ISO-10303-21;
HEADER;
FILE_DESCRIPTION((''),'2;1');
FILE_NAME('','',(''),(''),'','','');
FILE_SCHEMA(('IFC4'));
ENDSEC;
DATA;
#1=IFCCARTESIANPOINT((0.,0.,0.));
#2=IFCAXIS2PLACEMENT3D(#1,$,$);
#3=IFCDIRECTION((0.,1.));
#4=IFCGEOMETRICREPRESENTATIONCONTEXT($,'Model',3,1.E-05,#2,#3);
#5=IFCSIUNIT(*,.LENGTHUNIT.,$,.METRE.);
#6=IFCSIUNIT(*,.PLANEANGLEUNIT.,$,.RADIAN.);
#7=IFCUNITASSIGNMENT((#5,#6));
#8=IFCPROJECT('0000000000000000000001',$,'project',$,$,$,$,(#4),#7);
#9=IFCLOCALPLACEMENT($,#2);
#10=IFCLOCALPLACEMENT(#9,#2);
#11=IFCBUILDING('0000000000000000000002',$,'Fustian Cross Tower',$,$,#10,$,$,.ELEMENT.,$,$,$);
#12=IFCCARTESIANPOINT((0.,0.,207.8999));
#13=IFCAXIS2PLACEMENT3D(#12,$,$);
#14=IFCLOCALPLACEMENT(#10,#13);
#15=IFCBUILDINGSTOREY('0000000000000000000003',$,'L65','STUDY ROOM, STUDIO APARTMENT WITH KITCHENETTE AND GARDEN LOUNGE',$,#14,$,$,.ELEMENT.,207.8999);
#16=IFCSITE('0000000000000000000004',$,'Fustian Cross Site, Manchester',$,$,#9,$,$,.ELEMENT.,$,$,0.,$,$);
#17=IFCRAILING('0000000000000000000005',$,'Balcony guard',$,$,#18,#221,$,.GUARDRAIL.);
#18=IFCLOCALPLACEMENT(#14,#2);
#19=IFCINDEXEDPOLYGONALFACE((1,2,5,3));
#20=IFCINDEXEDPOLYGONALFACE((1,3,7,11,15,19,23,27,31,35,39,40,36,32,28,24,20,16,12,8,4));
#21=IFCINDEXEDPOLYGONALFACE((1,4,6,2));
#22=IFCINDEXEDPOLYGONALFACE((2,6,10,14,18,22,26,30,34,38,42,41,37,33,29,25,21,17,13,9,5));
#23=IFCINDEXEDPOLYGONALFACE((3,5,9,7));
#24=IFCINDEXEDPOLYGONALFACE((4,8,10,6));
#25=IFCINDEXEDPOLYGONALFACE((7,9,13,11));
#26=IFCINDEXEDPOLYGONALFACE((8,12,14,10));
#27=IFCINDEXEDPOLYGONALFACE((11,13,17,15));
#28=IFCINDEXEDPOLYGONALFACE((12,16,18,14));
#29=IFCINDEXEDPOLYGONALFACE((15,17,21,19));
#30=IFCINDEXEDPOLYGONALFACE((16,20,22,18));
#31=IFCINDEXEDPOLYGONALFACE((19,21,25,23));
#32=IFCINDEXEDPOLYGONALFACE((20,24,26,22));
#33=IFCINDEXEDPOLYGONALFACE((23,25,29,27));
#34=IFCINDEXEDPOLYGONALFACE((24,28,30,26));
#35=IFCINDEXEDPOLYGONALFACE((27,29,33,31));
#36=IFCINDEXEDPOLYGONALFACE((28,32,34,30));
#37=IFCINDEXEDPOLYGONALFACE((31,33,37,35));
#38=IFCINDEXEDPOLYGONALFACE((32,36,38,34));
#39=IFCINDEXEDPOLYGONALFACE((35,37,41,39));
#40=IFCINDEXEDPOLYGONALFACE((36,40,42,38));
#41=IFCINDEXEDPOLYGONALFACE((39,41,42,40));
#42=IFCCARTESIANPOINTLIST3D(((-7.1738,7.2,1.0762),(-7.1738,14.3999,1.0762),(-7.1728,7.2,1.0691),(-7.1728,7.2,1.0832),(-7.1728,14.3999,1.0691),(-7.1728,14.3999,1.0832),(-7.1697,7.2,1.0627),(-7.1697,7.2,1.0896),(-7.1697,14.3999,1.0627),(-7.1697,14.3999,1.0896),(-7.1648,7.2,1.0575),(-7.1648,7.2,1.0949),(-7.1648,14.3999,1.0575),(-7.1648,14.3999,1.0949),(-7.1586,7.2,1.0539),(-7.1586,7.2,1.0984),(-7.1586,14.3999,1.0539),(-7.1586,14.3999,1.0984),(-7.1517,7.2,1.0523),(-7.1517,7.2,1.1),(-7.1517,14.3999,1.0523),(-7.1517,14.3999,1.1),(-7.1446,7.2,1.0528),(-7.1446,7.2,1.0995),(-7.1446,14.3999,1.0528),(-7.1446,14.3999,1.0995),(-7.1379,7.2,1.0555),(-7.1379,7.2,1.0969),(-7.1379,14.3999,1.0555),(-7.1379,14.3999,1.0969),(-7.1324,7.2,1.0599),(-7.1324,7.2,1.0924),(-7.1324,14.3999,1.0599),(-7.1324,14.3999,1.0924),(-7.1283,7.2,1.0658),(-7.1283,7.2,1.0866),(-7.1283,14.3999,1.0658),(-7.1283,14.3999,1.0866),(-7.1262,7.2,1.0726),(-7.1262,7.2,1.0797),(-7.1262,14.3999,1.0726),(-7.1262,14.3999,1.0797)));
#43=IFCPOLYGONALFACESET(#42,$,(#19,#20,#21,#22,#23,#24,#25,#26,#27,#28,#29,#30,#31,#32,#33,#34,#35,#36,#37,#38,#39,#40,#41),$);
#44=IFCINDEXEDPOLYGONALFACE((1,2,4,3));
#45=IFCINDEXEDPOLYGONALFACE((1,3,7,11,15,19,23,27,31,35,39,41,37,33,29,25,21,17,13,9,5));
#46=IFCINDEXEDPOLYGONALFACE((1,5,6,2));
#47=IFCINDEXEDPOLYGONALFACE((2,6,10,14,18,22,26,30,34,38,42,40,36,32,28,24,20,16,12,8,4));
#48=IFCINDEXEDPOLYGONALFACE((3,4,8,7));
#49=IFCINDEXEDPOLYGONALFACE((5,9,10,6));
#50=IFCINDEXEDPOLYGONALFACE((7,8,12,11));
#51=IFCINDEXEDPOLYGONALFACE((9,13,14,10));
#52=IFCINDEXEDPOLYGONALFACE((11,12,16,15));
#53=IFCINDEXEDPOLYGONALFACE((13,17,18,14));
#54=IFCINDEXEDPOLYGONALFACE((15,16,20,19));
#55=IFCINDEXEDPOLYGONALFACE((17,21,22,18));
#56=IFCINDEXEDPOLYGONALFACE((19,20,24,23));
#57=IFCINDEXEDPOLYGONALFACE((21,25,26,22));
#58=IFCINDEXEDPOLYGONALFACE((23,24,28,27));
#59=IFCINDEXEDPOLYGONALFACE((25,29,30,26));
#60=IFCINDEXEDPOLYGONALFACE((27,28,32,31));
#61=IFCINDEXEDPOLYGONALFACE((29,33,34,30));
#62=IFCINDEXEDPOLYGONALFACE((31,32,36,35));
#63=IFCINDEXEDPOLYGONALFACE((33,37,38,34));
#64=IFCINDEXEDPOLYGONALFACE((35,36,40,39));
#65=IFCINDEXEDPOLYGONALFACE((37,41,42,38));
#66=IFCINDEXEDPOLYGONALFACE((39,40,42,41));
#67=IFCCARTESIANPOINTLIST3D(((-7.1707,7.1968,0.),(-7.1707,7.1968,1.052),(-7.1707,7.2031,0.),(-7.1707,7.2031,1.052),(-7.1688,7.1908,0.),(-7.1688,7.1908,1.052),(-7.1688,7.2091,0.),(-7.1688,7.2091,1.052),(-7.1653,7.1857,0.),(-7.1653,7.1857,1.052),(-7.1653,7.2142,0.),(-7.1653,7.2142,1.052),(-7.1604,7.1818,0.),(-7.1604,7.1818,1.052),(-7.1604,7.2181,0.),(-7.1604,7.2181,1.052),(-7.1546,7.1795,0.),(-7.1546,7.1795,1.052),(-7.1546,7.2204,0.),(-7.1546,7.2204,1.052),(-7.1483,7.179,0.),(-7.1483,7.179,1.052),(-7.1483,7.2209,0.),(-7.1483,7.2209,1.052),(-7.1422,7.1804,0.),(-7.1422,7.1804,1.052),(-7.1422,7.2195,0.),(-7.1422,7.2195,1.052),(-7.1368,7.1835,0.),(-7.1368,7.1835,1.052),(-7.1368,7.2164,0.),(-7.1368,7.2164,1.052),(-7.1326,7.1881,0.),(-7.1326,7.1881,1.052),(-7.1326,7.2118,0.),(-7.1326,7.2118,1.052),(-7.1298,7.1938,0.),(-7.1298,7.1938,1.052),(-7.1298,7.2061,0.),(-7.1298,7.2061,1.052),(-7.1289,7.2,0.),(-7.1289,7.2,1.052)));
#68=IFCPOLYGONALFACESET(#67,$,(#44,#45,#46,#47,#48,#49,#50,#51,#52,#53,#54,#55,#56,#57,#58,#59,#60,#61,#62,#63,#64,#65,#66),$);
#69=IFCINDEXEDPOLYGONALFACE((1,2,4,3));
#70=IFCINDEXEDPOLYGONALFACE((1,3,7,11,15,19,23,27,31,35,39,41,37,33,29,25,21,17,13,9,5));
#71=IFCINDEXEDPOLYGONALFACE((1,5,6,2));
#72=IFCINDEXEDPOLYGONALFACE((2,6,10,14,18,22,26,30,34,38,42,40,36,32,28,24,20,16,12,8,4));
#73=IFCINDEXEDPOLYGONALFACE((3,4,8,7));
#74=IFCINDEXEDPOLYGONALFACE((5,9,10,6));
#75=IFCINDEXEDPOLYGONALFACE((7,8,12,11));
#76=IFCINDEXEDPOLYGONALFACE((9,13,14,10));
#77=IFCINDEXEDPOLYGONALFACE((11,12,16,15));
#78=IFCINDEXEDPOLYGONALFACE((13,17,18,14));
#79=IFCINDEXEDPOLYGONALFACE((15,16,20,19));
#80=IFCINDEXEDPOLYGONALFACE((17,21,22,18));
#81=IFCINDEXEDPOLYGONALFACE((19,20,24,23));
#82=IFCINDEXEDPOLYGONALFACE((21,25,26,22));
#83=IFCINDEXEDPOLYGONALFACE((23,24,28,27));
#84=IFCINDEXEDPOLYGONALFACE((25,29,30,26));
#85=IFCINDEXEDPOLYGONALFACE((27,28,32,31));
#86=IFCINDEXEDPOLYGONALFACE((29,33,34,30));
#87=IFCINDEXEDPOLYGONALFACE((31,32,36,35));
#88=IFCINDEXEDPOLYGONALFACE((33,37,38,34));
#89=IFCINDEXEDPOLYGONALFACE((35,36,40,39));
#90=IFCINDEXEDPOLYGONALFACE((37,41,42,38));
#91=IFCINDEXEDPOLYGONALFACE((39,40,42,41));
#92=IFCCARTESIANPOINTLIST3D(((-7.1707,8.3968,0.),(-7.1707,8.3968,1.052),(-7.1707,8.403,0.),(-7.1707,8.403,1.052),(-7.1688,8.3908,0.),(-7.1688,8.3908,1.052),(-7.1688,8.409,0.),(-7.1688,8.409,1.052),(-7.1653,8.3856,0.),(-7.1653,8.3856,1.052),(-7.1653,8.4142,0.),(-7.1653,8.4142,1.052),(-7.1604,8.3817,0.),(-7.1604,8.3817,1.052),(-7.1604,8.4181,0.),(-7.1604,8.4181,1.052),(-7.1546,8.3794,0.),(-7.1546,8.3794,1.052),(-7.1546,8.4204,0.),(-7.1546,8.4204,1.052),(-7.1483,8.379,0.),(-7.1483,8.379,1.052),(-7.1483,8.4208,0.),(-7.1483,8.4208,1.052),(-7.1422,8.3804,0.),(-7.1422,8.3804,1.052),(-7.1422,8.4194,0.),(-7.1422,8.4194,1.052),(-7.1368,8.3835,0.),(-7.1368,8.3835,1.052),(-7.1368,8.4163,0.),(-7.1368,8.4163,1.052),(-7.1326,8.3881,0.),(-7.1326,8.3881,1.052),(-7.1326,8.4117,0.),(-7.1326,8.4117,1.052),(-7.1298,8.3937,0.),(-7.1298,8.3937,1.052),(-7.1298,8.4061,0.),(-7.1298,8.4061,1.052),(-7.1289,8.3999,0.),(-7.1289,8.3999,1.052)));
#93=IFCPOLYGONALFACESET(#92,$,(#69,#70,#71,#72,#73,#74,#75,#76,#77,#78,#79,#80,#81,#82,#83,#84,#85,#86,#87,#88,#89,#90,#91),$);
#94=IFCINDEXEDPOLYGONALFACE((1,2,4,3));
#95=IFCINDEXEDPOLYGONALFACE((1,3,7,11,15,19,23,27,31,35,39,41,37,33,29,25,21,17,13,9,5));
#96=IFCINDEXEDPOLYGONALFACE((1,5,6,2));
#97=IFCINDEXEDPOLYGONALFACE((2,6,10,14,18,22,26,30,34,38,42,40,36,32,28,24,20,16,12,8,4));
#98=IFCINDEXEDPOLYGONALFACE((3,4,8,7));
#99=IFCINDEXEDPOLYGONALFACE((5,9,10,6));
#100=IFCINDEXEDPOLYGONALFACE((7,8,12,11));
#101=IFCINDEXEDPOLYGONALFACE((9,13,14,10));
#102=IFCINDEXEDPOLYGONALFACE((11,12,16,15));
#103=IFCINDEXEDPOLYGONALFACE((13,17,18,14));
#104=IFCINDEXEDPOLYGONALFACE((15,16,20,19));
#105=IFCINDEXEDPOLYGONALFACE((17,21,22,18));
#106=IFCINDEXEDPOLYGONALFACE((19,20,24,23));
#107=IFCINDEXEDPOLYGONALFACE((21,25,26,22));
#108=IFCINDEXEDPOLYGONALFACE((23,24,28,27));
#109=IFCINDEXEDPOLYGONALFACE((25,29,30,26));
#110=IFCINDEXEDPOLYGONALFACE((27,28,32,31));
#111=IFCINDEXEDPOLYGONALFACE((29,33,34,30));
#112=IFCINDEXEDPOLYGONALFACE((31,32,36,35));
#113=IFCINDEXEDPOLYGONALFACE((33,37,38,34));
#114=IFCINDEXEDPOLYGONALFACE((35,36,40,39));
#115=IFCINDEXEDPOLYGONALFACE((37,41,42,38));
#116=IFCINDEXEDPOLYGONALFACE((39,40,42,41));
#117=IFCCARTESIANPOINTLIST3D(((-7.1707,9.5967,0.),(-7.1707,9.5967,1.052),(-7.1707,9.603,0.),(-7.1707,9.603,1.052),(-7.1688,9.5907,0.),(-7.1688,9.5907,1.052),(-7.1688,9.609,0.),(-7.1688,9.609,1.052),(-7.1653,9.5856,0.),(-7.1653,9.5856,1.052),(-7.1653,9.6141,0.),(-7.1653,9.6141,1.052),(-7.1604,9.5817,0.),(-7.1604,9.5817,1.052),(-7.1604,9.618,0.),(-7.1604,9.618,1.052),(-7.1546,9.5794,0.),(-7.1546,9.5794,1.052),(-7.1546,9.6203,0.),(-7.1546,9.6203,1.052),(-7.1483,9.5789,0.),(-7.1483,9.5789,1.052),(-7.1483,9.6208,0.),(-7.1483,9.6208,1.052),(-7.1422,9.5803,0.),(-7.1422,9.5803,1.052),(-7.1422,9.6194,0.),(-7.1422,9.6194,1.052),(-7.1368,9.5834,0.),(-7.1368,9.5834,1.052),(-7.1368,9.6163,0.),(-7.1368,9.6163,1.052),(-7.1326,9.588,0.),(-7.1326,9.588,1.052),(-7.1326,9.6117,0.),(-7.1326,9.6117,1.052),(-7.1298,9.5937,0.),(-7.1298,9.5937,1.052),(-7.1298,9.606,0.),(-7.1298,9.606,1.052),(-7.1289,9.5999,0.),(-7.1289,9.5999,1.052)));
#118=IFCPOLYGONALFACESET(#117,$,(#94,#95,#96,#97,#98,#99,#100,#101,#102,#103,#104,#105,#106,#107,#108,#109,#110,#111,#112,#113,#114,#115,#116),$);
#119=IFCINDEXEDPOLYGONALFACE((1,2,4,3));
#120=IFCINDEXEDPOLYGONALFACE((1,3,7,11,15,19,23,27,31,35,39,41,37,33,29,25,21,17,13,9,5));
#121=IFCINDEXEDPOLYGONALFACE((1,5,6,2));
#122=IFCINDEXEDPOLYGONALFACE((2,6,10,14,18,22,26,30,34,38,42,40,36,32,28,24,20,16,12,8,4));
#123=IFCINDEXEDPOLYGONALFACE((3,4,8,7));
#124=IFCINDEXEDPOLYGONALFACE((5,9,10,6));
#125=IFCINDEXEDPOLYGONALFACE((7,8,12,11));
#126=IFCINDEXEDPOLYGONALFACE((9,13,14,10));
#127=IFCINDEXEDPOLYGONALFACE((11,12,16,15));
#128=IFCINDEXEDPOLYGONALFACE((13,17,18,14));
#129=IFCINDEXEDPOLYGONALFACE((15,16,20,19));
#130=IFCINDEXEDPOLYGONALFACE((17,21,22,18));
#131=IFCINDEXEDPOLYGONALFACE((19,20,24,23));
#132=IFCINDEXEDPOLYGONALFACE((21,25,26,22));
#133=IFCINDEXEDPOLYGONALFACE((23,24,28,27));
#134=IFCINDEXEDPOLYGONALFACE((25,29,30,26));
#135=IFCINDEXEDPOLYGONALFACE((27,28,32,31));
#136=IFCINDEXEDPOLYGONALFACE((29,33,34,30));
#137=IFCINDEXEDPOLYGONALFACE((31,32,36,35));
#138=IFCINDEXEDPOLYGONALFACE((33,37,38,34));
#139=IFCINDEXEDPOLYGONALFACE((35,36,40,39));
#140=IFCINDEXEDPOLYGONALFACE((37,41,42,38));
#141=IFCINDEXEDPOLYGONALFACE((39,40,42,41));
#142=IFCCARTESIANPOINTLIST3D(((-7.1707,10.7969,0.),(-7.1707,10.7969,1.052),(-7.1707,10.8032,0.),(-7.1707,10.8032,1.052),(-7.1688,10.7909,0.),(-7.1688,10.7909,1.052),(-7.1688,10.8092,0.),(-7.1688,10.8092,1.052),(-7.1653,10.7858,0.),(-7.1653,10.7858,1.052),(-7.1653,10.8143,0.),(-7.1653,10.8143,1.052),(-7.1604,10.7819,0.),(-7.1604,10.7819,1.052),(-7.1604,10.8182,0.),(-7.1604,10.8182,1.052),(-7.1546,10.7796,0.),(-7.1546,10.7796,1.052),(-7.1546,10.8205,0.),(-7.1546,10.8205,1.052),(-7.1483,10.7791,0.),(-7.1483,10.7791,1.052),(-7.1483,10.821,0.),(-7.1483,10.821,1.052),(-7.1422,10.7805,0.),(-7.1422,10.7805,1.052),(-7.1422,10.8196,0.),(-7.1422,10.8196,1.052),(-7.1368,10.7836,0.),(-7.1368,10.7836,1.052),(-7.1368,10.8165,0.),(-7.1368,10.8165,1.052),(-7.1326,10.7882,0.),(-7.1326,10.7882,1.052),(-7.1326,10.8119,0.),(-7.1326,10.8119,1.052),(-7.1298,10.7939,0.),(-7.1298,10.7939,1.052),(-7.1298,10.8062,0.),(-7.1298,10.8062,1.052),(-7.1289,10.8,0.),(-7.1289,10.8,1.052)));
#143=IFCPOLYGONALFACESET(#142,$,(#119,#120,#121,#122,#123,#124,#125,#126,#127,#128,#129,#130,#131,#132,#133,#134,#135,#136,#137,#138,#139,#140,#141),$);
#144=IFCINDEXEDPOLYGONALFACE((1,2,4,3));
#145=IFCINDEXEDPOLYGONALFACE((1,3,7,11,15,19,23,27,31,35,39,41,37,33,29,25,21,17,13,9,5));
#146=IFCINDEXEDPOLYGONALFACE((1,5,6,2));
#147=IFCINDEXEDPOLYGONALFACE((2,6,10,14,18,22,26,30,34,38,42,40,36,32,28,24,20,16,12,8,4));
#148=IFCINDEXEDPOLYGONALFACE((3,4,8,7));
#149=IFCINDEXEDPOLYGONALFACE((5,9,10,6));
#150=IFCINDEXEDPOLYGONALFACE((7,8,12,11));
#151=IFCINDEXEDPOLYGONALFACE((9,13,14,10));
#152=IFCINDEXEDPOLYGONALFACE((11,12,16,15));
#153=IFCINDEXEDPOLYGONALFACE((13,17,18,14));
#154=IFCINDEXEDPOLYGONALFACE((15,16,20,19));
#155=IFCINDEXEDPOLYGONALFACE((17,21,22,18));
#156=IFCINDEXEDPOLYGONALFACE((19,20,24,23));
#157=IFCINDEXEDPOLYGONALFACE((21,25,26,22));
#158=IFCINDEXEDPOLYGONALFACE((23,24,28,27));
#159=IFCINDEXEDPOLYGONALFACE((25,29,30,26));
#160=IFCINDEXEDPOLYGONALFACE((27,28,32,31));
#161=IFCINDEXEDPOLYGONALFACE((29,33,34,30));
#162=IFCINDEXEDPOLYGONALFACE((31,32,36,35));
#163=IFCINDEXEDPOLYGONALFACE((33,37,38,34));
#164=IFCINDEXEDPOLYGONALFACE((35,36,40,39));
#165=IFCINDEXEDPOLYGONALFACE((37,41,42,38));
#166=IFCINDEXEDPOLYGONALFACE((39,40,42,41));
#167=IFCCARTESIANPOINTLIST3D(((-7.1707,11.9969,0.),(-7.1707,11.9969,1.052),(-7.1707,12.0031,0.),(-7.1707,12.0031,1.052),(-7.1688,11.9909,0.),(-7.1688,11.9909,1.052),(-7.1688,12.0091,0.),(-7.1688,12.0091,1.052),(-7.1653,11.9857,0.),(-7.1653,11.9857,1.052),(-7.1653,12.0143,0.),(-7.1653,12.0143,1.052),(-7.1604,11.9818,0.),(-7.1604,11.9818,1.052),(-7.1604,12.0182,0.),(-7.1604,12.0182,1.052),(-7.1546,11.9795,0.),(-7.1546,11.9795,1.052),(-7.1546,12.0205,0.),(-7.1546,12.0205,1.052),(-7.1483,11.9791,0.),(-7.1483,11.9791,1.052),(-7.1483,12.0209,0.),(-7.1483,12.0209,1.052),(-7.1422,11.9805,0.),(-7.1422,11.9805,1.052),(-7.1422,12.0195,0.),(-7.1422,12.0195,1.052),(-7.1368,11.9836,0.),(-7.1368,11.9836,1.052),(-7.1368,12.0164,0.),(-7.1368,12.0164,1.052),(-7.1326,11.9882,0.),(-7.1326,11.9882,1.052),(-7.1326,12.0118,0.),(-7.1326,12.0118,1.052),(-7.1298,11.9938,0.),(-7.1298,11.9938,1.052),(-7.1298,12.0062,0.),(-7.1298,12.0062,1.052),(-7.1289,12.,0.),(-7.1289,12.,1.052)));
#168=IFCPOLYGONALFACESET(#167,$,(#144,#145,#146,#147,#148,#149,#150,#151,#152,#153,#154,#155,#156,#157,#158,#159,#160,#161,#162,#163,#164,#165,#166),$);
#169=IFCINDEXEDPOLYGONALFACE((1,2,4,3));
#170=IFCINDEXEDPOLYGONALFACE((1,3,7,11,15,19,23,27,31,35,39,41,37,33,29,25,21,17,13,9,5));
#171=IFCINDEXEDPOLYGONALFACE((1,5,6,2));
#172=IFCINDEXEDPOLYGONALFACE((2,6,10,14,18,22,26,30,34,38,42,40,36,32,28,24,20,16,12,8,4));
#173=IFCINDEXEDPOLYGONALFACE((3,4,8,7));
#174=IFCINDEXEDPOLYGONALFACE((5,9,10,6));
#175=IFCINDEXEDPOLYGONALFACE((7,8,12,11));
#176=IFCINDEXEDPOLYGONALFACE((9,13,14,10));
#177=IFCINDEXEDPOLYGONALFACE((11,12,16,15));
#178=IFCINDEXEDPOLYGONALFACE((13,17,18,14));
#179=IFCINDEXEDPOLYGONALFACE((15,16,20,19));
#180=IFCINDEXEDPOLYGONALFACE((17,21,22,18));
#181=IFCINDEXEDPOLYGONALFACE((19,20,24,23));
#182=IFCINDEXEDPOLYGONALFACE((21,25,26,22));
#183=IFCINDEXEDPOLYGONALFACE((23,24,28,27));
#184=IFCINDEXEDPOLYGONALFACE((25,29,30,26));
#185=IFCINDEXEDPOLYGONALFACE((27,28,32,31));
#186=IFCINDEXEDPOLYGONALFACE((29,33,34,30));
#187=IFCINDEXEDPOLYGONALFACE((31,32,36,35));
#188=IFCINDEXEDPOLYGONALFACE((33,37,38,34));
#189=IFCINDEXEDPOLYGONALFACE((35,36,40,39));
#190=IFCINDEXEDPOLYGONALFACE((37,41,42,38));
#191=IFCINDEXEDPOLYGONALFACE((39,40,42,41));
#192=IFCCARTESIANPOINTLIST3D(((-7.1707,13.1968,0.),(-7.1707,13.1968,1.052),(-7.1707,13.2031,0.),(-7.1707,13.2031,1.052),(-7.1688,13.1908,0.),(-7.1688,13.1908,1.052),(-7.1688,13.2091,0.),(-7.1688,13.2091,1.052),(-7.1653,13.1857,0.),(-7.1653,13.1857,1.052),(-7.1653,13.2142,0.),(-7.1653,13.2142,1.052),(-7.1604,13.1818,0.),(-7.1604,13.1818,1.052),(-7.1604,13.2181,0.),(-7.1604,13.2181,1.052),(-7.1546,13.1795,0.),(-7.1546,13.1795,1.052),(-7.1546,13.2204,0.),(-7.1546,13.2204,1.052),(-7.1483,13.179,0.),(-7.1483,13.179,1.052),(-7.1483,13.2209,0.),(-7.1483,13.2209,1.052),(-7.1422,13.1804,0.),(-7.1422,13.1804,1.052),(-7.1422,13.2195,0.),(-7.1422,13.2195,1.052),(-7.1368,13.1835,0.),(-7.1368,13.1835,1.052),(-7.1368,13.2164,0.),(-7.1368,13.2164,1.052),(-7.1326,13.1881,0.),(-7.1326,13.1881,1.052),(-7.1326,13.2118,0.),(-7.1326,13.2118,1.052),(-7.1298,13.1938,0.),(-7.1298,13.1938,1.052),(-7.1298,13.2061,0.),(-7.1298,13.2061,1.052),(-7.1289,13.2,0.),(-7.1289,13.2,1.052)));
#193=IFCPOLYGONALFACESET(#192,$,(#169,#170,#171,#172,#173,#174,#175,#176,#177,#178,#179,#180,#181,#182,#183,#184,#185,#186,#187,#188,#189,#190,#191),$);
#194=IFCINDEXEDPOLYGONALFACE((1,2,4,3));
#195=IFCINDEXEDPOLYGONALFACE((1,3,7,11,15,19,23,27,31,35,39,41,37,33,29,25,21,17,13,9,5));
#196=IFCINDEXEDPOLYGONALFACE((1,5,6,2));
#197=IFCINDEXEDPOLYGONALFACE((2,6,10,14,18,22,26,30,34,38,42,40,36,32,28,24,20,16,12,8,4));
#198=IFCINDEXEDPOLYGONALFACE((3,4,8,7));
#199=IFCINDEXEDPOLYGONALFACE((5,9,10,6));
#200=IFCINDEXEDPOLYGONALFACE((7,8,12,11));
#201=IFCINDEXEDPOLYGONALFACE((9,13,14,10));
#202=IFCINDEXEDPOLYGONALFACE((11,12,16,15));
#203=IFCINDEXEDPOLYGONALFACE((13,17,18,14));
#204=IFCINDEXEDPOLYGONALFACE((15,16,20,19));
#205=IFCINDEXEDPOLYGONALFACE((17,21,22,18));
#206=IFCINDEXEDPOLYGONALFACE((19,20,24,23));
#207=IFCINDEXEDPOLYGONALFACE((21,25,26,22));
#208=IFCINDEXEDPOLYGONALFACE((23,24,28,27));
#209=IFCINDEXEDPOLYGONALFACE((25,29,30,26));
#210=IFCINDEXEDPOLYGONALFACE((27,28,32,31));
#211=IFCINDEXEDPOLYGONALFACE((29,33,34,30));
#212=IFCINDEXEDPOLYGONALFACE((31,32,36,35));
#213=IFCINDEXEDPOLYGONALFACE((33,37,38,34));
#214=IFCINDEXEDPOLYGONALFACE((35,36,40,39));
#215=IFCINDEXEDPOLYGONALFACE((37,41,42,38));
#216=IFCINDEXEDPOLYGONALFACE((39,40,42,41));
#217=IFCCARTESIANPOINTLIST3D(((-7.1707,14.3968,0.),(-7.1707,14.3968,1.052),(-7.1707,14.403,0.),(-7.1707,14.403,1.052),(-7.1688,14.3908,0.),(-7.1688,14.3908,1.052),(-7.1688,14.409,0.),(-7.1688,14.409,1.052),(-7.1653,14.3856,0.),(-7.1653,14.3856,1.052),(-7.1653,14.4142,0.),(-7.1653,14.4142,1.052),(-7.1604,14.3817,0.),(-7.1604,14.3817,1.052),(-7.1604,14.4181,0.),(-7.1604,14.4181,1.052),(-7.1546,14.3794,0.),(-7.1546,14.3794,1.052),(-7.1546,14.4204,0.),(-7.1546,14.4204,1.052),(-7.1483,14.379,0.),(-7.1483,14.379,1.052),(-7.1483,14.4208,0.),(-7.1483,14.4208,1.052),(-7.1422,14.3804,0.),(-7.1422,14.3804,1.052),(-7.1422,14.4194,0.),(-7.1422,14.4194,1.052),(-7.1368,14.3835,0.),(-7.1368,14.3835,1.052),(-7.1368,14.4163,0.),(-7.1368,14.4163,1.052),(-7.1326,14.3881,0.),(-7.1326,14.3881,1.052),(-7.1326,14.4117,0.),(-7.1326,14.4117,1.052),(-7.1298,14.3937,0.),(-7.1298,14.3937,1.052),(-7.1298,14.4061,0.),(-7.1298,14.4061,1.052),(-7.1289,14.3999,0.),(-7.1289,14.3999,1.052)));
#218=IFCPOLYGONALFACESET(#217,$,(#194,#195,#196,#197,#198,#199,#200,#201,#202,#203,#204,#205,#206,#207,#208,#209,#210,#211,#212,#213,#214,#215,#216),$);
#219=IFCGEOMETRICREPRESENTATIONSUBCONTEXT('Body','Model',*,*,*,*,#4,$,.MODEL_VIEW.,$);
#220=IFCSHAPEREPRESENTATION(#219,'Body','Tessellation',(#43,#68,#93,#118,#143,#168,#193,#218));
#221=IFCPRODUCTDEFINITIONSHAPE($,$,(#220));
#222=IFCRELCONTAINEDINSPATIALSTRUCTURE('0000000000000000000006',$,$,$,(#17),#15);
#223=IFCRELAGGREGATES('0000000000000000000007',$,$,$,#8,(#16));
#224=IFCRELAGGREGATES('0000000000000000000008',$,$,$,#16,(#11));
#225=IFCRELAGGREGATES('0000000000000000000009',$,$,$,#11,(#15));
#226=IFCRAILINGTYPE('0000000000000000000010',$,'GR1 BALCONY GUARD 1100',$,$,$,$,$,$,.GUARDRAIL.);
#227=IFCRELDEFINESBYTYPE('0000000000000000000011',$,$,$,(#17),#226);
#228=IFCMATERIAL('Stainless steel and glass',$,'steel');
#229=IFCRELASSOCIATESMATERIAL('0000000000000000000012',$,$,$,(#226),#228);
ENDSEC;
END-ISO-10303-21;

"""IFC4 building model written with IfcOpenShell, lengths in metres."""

from ifc_helpers import new_model, si_unit, direction, frame, origin, origin_2d, place, context, subcontext, project, spatial, circle, extrude, material, type_object, element, save


model = new_model("IFC4")

# Units and contexts
model_context = context("Model", 3, precision=1e-05, world=origin(), true_north=direction((0.0, 1.0)))
body_context = subcontext(model_context, "Body", "Model", "MODEL_VIEW")
ifc_project = project(units=[si_unit("LENGTHUNIT", "METRE"), si_unit("PLANEANGLEUNIT", "RADIAN")], contexts=[model_context])

# Site, building, storey
site_placement = place(None, origin())
site = spatial("IfcSite", under=ifc_project, at=site_placement, Name="Fustian Cross Site, Manchester", CompositionType="ELEMENT", RefElevation=0.0)
building_placement = place(site_placement, origin())
building = spatial("IfcBuilding", under=site, at=building_placement, Name="Fustian Cross Tower", CompositionType="ELEMENT")
storey_placement = place(building_placement, frame((0.0, 0.0, 207.8999)))
storey = spatial("IfcBuildingStorey", under=building, at=storey_placement, Name="L65", Description="STUDY ROOM, STUDIO APARTMENT WITH KITCHENETTE AND GARDEN LOUNGE", CompositionType="ELEMENT", Elevation=207.8999)

# Railing
ifc_material_1 = material(Name="Stainless steel and glass", Category="steel")
railing_type_1 = type_object("IfcRailingType", Name="GR1 BALCONY GUARD 1100", PredefinedType="GUARDRAIL", material=ifc_material_1)
railing_1_placement = place(storey_placement, frame((-7.1499, 7.2, 0.0)))
element("IfcRailing", 1, at=railing_1_placement, inside=storey, type_object=railing_type_1, Name="Balcony guard", PredefinedType="GUARDRAIL", context=body_context, shape_type="SweptSolid", body=[
    extrude(circle(Radius=0.0239, at=origin_2d()), frame((0.0, 0.0, 1.0762), z_axis=(0.0, 1.0, 0.0), x_axis=(-1.0, 0.0, 0.0)), (0.0, 0.0, 1.0), 7.2),
    extrude(circle(Radius=0.021, at=origin_2d()), origin(), (0.0, 0.0, 1.0), 1.052),
    extrude(circle(Radius=0.021, at=origin_2d()), frame((0.0, 1.2, 0.0)), (0.0, 0.0, 1.0), 1.052),
    extrude(circle(Radius=0.021, at=origin_2d()), frame((0.0, 2.3999, 0.0)), (0.0, 0.0, 1.0), 1.052),
    extrude(circle(Radius=0.021, at=origin_2d()), frame((0.0, 3.6001, 0.0)), (0.0, 0.0, 1.0), 1.052),
    extrude(circle(Radius=0.021, at=origin_2d()), frame((0.0, 4.8, 0.0)), (0.0, 0.0, 1.0), 1.052),
    extrude(circle(Radius=0.021, at=origin_2d()), frame((0.0, 6.0, 0.0)), (0.0, 0.0, 1.0), 1.052),
    extrude(circle(Radius=0.021, at=origin_2d()), frame((0.0, 7.2, 0.0)), (0.0, 0.0, 1.0), 1.052),
])

save(model, "model.ifc")
